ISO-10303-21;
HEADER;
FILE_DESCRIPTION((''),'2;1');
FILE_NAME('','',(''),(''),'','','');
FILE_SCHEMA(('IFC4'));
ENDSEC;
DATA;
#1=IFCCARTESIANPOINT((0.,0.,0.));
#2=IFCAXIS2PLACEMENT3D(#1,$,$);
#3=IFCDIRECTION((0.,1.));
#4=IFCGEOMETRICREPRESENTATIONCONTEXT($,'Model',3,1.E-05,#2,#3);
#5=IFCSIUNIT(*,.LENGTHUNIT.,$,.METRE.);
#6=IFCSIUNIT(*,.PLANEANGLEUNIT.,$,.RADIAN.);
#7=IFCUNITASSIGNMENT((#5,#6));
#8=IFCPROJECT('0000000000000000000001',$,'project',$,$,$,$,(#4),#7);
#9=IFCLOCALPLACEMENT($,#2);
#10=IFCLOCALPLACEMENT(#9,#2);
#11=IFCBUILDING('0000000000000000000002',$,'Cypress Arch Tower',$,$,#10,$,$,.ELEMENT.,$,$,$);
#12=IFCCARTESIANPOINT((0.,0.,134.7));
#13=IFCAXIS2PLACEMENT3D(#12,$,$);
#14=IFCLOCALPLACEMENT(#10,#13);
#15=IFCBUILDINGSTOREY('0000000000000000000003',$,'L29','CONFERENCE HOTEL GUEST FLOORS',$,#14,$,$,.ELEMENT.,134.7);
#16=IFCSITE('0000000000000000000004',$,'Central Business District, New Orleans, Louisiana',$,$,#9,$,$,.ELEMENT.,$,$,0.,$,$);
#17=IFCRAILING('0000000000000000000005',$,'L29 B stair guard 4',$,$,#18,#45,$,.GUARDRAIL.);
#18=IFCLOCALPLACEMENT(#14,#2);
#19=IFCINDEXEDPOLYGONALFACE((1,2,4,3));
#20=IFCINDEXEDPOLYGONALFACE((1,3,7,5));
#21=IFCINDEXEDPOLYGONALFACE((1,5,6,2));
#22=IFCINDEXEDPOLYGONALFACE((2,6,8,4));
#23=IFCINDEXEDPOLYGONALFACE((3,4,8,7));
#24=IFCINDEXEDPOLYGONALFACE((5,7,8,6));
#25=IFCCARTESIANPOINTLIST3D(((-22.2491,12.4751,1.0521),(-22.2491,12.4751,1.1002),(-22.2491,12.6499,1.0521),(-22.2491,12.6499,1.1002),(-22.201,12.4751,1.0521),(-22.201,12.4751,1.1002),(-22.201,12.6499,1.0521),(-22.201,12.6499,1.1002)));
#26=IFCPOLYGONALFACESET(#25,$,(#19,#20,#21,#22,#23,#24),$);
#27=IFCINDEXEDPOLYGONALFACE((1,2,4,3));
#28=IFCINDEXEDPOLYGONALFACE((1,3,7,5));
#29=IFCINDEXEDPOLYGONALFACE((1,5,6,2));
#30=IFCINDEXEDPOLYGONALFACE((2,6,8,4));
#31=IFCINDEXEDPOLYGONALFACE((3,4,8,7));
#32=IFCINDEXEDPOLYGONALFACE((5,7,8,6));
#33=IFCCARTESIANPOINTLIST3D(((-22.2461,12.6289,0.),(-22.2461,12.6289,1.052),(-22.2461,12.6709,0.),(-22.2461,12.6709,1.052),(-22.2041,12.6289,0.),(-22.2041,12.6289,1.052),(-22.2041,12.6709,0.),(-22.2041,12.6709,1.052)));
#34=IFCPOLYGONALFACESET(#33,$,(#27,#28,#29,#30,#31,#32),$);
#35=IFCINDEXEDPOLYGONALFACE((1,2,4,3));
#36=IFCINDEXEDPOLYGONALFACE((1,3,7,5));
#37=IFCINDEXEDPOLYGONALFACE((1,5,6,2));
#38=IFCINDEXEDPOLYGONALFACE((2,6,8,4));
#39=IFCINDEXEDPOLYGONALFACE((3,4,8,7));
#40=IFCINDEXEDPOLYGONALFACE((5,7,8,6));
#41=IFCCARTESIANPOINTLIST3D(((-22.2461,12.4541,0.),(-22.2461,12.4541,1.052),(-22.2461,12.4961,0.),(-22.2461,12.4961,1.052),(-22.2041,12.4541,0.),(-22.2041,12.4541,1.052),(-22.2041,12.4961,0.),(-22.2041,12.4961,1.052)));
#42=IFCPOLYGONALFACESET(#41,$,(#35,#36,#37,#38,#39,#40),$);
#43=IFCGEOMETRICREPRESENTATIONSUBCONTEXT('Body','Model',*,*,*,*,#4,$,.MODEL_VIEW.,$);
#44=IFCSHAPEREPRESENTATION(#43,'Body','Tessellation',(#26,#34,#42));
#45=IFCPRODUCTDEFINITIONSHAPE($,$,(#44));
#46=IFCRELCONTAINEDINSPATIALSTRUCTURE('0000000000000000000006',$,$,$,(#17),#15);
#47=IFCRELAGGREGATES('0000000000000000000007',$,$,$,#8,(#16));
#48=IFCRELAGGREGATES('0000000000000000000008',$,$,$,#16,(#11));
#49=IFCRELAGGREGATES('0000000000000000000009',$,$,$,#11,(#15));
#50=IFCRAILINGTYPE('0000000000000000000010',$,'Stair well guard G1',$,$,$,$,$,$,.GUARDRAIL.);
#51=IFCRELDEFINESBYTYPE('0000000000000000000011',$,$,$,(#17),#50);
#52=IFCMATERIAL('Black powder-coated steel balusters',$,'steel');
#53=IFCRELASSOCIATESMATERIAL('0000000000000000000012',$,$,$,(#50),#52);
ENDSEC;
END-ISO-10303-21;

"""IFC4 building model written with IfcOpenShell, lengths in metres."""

from ifc_helpers import new_model, si_unit, direction, frame, origin, origin_2d, place, context, subcontext, project, spatial, rectangle, extrude, material, type_object, element, save


model = new_model("IFC4")

# Units and contexts
model_context = context("Model", 3, precision=1e-05, world=origin(), true_north=direction((0.0, 1.0)))
body_context = subcontext(model_context, "Body", "Model", "MODEL_VIEW")
ifc_project = project(units=[si_unit("LENGTHUNIT", "METRE"), si_unit("PLANEANGLEUNIT", "RADIAN")], contexts=[model_context])

# Site, building, storey
site_placement = place(None, origin())
site = spatial("IfcSite", under=ifc_project, at=site_placement, Name="Central Business District, New Orleans, Louisiana", CompositionType="ELEMENT", RefElevation=0.0)
building_placement = place(site_placement, origin())
building = spatial("IfcBuilding", under=site, at=building_placement, Name="Cypress Arch Tower", CompositionType="ELEMENT")
storey_placement = place(building_placement, frame((0.0, 0.0, 134.7)))
storey = spatial("IfcBuildingStorey", under=building, at=storey_placement, Name="L29", Description="CONFERENCE HOTEL GUEST FLOORS", CompositionType="ELEMENT", Elevation=134.7)

# Railing
ifc_material_1 = material(Name="Black powder-coated steel balusters", Category="steel")
railing_type_1 = type_object("IfcRailingType", Name="Stair well guard G1", PredefinedType="GUARDRAIL", material=ifc_material_1)
railing_1_placement = place(storey_placement, frame((-22.2251, 12.6499, 0.0)))
element("IfcRailing", 1, at=railing_1_placement, inside=storey, type_object=railing_type_1, Name="L29 B stair guard 4", PredefinedType="GUARDRAIL", context=body_context, shape_type="SweptSolid", body=[
    extrude(rectangle(XDim=0.0481, YDim=0.0481, at=origin_2d()), frame((0.0, 0.0, 1.0762), z_axis=(0.0, -1.0, 0.0), x_axis=(1.0, 0.0, 0.0)), (0.0, 0.0, 1.0), 0.1748),
    extrude(rectangle(XDim=0.042, YDim=0.042, at=origin_2d()), origin(), (0.0, 0.0, 1.0), 1.052),
    extrude(rectangle(XDim=0.042, YDim=0.042, at=origin_2d()), frame((0.0, -0.1748, 0.0)), (0.0, 0.0, 1.0), 1.052),
])

save(model, "model.ifc")
